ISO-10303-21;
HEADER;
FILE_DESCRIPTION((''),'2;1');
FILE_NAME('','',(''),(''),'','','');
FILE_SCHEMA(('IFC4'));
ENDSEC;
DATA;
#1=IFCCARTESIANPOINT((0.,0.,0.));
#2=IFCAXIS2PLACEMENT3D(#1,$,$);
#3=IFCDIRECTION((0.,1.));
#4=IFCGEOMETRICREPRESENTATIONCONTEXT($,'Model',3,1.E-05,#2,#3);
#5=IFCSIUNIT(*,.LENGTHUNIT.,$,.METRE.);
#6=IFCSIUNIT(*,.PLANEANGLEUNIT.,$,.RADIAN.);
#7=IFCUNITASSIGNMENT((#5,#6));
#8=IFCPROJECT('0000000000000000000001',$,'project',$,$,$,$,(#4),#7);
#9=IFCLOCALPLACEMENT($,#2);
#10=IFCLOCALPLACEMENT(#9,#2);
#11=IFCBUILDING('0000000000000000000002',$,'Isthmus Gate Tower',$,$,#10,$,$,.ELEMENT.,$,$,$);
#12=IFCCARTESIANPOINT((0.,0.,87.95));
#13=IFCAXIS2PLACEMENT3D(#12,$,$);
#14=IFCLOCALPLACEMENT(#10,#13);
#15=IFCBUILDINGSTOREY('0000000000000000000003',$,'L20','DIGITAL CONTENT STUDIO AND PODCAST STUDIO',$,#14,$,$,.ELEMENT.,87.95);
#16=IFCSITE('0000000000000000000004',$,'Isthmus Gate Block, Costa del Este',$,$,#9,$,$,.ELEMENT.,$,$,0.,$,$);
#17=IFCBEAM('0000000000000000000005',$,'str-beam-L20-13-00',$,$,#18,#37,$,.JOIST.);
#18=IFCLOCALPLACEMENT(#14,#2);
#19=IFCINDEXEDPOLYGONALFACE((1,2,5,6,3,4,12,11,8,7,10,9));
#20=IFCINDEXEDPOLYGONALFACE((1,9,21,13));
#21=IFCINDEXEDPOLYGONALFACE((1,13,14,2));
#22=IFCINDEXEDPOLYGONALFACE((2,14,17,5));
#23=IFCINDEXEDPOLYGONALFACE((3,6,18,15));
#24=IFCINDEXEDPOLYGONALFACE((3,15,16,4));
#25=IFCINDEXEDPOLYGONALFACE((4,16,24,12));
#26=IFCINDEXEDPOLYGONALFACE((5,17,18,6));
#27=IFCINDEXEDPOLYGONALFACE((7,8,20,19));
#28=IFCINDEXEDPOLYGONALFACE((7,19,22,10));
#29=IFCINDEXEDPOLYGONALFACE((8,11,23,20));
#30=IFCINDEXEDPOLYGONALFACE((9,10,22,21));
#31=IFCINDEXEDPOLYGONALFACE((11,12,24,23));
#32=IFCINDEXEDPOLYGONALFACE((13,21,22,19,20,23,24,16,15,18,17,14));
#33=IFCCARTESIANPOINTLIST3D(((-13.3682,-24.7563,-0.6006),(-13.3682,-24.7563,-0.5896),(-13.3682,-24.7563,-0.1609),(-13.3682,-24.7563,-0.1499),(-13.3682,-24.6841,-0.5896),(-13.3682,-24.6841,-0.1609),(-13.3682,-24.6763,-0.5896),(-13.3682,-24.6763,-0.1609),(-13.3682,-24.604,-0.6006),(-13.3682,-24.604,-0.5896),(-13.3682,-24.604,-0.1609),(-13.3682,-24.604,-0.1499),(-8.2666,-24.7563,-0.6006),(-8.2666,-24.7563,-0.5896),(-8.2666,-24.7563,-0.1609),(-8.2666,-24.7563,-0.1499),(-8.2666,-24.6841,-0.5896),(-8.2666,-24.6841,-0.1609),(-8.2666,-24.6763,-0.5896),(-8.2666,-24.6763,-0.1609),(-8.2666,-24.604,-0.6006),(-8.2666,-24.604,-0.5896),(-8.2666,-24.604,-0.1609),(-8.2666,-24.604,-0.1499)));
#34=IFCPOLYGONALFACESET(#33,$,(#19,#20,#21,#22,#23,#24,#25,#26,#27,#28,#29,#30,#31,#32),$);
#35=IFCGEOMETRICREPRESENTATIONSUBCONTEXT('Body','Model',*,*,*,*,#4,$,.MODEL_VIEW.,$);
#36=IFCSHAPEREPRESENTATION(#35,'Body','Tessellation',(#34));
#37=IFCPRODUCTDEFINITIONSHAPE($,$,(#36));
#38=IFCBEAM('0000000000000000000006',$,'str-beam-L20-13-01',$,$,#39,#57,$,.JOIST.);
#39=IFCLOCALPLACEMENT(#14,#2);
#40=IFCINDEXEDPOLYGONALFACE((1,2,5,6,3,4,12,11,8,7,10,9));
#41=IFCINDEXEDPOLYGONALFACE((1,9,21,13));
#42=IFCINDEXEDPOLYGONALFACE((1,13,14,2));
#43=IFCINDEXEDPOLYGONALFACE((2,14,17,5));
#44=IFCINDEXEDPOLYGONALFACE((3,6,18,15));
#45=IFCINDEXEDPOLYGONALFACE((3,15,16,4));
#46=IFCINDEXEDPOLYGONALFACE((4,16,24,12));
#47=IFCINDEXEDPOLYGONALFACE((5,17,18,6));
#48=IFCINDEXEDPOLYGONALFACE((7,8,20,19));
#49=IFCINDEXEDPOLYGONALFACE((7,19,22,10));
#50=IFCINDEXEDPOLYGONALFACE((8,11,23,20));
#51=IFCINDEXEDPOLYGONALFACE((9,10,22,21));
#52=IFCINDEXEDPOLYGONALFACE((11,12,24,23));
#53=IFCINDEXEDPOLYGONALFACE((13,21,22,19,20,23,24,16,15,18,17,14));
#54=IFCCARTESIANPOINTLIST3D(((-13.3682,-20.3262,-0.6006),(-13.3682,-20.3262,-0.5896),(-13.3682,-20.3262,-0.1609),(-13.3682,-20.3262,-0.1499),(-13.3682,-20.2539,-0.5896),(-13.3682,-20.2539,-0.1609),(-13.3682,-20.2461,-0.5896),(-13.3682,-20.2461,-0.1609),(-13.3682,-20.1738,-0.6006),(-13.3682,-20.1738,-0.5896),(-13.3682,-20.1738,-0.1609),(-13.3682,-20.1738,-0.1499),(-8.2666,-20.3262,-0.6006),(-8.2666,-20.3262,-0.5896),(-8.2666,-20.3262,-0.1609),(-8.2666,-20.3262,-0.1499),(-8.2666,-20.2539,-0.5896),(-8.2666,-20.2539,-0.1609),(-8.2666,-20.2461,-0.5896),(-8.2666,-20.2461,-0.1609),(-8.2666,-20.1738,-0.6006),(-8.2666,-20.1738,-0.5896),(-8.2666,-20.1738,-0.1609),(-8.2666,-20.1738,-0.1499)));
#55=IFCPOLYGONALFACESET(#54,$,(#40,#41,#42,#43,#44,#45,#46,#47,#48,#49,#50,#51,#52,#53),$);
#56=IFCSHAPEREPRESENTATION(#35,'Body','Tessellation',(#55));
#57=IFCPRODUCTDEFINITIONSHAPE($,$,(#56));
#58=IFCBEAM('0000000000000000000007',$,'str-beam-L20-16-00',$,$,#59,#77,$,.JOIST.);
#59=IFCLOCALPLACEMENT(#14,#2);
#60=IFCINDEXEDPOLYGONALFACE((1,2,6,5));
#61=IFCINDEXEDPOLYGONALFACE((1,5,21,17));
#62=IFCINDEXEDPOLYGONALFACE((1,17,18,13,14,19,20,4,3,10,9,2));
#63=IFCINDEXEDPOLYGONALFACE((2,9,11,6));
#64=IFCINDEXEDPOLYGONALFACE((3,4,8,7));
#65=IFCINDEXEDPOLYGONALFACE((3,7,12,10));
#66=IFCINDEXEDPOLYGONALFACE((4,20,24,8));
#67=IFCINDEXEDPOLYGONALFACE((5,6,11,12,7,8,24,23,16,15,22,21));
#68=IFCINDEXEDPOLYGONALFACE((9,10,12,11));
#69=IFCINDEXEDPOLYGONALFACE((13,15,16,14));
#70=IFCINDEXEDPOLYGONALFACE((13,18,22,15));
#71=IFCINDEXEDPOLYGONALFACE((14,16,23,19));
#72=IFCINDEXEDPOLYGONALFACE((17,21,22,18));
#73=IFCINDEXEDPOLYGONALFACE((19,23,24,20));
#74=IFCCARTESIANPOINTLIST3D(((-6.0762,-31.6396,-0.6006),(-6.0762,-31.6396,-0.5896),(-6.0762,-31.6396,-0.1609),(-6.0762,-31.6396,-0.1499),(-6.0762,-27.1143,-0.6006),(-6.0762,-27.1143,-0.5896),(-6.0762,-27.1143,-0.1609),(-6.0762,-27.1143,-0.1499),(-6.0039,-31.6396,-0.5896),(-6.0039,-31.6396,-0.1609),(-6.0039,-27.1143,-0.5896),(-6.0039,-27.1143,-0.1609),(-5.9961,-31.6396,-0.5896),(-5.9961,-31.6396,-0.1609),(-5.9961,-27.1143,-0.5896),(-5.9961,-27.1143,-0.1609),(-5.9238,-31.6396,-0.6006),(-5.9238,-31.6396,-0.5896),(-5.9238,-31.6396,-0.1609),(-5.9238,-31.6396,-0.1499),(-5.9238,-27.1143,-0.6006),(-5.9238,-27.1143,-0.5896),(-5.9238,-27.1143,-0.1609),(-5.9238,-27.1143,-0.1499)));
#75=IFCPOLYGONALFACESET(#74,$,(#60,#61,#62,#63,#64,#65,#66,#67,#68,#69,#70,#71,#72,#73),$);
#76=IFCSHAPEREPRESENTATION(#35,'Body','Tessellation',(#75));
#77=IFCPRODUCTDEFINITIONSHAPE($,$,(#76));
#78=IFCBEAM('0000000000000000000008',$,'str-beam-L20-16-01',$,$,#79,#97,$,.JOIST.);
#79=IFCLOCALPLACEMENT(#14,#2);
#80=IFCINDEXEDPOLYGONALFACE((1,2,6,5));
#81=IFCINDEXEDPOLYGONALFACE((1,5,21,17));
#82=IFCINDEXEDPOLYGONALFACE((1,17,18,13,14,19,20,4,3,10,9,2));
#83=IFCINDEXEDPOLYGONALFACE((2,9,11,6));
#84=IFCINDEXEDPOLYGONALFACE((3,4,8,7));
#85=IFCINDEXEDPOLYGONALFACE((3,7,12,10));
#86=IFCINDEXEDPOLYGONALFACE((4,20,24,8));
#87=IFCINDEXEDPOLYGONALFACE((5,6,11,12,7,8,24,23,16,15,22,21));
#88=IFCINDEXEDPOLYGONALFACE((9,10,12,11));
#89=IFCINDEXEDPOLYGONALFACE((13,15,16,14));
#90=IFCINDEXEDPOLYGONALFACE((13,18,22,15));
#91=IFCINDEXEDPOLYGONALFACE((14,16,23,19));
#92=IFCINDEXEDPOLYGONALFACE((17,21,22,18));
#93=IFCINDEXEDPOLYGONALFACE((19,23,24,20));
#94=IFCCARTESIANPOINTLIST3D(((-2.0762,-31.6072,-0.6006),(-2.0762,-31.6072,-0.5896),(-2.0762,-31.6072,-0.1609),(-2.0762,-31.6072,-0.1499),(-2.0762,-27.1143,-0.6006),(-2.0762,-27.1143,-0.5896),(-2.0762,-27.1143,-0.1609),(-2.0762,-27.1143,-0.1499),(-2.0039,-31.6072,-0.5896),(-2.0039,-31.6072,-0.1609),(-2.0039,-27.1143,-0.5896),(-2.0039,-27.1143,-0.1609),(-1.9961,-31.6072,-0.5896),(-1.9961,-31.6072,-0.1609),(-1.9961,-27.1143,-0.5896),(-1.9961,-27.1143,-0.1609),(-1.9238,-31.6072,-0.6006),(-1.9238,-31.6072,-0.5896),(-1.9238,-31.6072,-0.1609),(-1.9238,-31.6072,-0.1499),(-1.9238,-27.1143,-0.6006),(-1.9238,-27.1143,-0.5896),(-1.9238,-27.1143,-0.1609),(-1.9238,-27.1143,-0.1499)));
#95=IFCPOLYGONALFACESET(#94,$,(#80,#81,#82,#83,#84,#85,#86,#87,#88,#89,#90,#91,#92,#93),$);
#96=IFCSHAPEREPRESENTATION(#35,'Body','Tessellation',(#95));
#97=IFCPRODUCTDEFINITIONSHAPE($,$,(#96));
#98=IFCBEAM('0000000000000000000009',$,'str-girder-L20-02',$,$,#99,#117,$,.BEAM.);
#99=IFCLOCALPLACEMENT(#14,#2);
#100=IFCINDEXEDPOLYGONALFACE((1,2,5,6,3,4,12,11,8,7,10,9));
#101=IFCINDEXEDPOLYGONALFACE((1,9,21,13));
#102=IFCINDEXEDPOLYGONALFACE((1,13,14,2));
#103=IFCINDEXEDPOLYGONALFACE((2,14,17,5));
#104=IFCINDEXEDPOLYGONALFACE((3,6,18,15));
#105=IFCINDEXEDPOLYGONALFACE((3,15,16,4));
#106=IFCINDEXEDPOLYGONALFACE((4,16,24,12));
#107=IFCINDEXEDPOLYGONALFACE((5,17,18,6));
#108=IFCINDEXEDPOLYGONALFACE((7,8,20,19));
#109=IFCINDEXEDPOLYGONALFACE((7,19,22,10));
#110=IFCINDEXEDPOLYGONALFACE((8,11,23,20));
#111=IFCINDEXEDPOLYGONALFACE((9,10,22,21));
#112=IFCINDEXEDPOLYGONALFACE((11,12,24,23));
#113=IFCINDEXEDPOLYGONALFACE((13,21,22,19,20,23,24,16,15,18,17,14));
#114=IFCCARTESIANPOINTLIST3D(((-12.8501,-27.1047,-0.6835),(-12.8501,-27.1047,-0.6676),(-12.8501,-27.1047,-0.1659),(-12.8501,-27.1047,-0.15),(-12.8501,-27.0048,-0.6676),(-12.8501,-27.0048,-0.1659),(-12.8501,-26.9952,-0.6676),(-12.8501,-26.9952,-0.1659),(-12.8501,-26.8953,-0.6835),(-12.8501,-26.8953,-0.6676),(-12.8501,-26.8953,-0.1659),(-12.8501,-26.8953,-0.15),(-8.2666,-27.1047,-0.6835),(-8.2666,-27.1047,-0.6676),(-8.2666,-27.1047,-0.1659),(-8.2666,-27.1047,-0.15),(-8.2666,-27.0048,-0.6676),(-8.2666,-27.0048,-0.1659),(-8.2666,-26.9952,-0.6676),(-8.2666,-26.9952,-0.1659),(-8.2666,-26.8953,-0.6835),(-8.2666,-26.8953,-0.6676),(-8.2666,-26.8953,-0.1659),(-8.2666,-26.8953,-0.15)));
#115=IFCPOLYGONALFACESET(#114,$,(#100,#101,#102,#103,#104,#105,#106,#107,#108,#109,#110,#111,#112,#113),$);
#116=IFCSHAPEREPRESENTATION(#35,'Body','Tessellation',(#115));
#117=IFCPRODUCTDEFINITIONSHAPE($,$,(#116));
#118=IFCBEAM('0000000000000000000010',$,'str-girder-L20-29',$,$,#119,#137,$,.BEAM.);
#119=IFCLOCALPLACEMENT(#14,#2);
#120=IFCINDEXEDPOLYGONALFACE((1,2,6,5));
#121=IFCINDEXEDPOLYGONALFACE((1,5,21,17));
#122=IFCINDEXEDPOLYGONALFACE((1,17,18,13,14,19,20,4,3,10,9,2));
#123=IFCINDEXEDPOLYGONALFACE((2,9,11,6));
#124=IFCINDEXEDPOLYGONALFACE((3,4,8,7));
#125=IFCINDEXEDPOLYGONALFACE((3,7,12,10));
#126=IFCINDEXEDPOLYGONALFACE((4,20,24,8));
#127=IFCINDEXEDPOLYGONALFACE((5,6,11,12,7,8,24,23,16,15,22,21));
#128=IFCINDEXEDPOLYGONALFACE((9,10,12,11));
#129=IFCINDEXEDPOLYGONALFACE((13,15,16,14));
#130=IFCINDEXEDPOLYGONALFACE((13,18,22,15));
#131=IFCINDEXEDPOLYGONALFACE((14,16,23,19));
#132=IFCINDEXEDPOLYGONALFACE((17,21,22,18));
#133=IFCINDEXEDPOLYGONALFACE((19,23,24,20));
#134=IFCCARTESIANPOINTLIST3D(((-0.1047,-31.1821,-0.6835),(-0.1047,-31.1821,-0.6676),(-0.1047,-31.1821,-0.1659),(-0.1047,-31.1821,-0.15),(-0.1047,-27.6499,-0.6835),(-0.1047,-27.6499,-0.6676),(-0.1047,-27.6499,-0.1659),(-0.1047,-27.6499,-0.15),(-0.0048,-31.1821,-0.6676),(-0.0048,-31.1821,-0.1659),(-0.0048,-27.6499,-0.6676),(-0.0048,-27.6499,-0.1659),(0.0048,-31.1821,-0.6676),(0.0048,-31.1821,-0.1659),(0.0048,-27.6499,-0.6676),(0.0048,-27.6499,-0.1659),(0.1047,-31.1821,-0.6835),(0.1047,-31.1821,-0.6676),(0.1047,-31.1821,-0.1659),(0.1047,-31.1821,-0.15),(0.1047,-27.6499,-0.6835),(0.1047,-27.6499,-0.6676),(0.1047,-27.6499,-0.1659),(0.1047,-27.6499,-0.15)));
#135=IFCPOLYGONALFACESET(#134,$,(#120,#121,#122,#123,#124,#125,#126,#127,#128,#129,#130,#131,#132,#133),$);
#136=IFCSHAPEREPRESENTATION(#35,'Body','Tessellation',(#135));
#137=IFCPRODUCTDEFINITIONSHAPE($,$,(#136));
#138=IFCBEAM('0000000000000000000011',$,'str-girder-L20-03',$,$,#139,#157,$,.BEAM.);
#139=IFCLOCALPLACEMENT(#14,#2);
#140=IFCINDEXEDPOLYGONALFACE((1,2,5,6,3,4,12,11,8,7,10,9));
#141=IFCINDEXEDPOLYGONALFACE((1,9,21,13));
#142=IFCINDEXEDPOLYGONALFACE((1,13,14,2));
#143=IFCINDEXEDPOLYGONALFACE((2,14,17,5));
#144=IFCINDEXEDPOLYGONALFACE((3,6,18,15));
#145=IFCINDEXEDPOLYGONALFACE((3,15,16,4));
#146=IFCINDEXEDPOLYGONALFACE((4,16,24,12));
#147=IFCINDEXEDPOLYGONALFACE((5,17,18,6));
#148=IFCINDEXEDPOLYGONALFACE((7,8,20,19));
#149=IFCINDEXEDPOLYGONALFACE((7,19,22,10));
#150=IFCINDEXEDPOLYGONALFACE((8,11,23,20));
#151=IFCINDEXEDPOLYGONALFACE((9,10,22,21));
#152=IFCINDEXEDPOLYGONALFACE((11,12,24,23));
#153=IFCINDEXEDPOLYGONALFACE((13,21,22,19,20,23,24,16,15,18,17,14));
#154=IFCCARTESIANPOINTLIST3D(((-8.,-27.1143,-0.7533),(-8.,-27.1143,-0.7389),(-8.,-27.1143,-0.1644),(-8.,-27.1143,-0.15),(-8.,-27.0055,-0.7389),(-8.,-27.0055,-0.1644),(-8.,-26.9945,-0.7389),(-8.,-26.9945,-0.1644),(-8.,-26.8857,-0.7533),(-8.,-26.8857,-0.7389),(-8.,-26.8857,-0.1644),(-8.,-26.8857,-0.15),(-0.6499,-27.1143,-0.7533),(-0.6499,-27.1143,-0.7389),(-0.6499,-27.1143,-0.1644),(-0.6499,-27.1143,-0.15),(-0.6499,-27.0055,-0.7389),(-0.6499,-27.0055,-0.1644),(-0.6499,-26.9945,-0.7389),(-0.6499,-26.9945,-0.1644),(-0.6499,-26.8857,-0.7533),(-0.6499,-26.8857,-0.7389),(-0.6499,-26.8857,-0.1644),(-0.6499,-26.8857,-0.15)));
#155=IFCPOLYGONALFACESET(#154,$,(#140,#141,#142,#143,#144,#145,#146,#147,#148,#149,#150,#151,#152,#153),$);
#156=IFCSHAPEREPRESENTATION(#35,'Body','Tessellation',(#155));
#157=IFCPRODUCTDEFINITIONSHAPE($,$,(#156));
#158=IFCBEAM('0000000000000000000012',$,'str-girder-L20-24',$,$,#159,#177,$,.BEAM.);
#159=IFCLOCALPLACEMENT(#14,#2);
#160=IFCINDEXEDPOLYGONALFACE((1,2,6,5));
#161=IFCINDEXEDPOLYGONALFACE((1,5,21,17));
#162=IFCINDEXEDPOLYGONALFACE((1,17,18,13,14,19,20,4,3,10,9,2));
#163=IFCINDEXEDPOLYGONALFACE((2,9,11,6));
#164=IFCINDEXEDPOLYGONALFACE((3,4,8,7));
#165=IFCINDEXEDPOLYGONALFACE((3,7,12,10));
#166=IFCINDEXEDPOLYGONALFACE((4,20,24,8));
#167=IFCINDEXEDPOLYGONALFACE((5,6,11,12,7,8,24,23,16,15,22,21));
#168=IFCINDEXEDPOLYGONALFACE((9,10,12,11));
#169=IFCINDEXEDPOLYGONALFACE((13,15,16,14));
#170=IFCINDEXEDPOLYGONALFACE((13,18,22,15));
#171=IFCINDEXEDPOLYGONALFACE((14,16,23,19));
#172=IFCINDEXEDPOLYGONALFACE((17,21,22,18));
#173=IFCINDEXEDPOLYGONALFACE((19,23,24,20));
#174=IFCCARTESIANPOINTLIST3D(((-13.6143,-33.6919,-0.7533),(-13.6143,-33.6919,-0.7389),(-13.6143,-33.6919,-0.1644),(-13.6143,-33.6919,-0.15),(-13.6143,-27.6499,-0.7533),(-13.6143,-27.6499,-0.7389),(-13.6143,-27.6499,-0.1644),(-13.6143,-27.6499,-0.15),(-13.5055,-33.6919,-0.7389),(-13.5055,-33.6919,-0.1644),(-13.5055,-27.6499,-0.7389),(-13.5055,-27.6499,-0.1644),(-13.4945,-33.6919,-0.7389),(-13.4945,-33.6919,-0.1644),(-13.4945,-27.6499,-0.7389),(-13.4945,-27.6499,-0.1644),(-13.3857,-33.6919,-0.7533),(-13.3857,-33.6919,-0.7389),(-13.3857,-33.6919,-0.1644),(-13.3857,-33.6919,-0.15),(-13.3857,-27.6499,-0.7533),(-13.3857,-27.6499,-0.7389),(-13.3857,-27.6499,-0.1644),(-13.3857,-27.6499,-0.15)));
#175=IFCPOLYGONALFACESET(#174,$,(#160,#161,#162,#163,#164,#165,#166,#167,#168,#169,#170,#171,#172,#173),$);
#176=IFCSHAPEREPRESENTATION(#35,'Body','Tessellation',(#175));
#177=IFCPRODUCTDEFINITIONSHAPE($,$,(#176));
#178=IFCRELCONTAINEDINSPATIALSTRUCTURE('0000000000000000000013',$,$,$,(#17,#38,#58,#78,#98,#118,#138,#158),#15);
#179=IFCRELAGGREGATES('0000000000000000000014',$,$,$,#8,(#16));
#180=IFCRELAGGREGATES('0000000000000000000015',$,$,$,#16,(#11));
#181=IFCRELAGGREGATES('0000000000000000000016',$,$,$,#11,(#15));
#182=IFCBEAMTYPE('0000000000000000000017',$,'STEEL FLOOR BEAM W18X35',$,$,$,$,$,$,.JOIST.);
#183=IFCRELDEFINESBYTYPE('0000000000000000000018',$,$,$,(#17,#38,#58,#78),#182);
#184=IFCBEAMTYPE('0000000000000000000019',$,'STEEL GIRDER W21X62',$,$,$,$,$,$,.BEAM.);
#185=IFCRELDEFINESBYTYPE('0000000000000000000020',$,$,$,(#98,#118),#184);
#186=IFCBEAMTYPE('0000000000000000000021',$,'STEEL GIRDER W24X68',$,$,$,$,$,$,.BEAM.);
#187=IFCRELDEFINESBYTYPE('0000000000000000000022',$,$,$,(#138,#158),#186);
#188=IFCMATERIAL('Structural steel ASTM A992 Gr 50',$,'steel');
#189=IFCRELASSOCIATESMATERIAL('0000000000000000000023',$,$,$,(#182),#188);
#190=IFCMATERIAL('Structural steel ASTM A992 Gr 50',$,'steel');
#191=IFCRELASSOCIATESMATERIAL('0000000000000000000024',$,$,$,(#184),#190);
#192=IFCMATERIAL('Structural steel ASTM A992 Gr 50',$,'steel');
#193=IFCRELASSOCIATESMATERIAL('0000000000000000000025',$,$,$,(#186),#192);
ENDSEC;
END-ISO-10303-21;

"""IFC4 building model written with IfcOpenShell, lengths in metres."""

from ifc_helpers import new_model, si_unit, direction, frame, origin, origin_2d, place, context, subcontext, project, spatial, i_section, extrude, material, material_profile, profile_set, type_object, element, save


model = new_model("IFC4")

# Units and contexts
model_context = context("Model", 3, precision=1e-05, world=origin(), true_north=direction((0.0, 1.0)))
body_context = subcontext(model_context, "Body", "Model", "MODEL_VIEW")
ifc_project = project(units=[si_unit("LENGTHUNIT", "METRE"), si_unit("PLANEANGLEUNIT", "RADIAN")], contexts=[model_context])

# Site, building, storey
site_placement = place(None, origin())
site = spatial("IfcSite", under=ifc_project, at=site_placement, Name="Isthmus Gate Block, Costa del Este", CompositionType="ELEMENT", RefElevation=0.0)
building_placement = place(site_placement, origin())
building = spatial("IfcBuilding", under=site, at=building_placement, Name="Isthmus Gate Tower", CompositionType="ELEMENT")
storey_placement = place(building_placement, frame((0.0, 0.0, 87.95)))
storey = spatial("IfcBuildingStorey", under=building, at=storey_placement, Name="L20", Description="DIGITAL CONTENT STUDIO AND PODCAST STUDIO", CompositionType="ELEMENT", Elevation=87.95)

# Beams
ifc_material_1 = material(Name="Structural steel ASTM A992 Gr 50", Category="steel")
ifc_material_profile_1 = material_profile(ifc_material_1, i_section(OverallWidth=0.1523, OverallDepth=0.4507, WebThickness=0.0078, FlangeThickness=0.011, at=origin_2d()), Name="W18X35")
ifc_profile_set_1 = profile_set([ifc_material_profile_1], Name="Structural steel ASTM A992 Gr 50")
beam_type_1 = type_object("IfcBeamType", Name="STEEL FLOOR BEAM W18X35", PredefinedType="JOIST", material=ifc_profile_set_1)
for number, where, z_axis, x_axis, name in (
    (1, (-13.3682, -24.6802, -0.3752), (1.0, 0.0, 0.0), (0.0, 1.0, 0.0), "str-beam-L20-13-00"),
    (2, (-13.3682, -20.25, -0.3752), (1.0, 0.0, 0.0), (0.0, 1.0, 0.0), "str-beam-L20-13-01"),
):
    element("IfcBeam", number, at=place(storey_placement, frame(where, z_axis=z_axis, x_axis=x_axis)), inside=storey, type_object=beam_type_1, Name=name, PredefinedType="JOIST", context=body_context, shape_type="SweptSolid", body=[
        extrude(i_section(OverallWidth=0.1523, OverallDepth=0.4507, WebThickness=0.0078, FlangeThickness=0.011, at=origin_2d()), origin(), (0.0, 0.0, 1.0), 5.1016),
    ])
beam_1_placement = place(storey_placement, frame((-6.0, -31.6396, -0.3752), z_axis=(0.0, 1.0, 0.0), x_axis=(-1.0, 0.0, 0.0)))
element("IfcBeam", 3, at=beam_1_placement, inside=storey, type_object=beam_type_1, Name="str-beam-L20-16-00", PredefinedType="JOIST", context=body_context, shape_type="SweptSolid", body=[
    extrude(i_section(OverallWidth=0.1523, OverallDepth=0.4507, WebThickness=0.0078, FlangeThickness=0.011, at=origin_2d()), origin(), (0.0, 0.0, 1.0), 4.5254),
])
beam_2_placement = place(storey_placement, frame((-2.0, -31.6072, -0.3752), z_axis=(0.0, 1.0, 0.0), x_axis=(-1.0, 0.0, 0.0)))
element("IfcBeam", 4, at=beam_2_placement, inside=storey, type_object=beam_type_1, Name="str-beam-L20-16-01", PredefinedType="JOIST", context=body_context, shape_type="SweptSolid", body=[
    extrude(i_section(OverallWidth=0.1523, OverallDepth=0.4507, WebThickness=0.0078, FlangeThickness=0.011, at=origin_2d()), origin(), (0.0, 0.0, 1.0), 4.4929),
])
ifc_material_2 = material(Name="Structural steel ASTM A992 Gr 50", Category="steel")
ifc_material_profile_2 = material_profile(ifc_material_2, i_section(OverallWidth=0.2095, OverallDepth=0.5334, WebThickness=0.0095, FlangeThickness=0.0159, at=origin_2d()), Name="W21X62")
ifc_profile_set_2 = profile_set([ifc_material_profile_2], Name="Structural steel ASTM A992 Gr 50")
beam_type_2 = type_object("IfcBeamType", Name="STEEL GIRDER W21X62", PredefinedType="BEAM", material=ifc_profile_set_2)
beam_3_placement = place(storey_placement, frame((-12.8501, -27.0, -0.4167), z_axis=(1.0, 0.0, 0.0), x_axis=(0.0, 1.0, 0.0)))
element("IfcBeam", 5, at=beam_3_placement, inside=storey, type_object=beam_type_2, Name="str-girder-L20-02", PredefinedType="BEAM", context=body_context, shape_type="SweptSolid", body=[
    extrude(i_section(OverallWidth=0.2095, OverallDepth=0.5334, WebThickness=0.0095, FlangeThickness=0.0159, at=origin_2d()), origin(), (0.0, 0.0, 1.0), 4.5835),
])
beam_4_placement = place(storey_placement, frame((0.0, -31.1821, -0.4167), z_axis=(0.0, 1.0, 0.0), x_axis=(-1.0, 0.0, 0.0)))
element("IfcBeam", 6, at=beam_4_placement, inside=storey, type_object=beam_type_2, Name="str-girder-L20-29", PredefinedType="BEAM", context=body_context, shape_type="SweptSolid", body=[
    extrude(i_section(OverallWidth=0.2095, OverallDepth=0.5334, WebThickness=0.0095, FlangeThickness=0.0159, at=origin_2d()), origin(), (0.0, 0.0, 1.0), 3.5322),
])
ifc_material_3 = material(Name="Structural steel ASTM A992 Gr 50", Category="steel")
ifc_material_profile_3 = material_profile(ifc_material_3, i_section(OverallWidth=0.2285, OverallDepth=0.6033, WebThickness=0.011, FlangeThickness=0.0144, at=origin_2d()), Name="W24X68")
ifc_profile_set_3 = profile_set([ifc_material_profile_3], Name="Structural steel ASTM A992 Gr 50")
beam_type_3 = type_object("IfcBeamType", Name="STEEL GIRDER W24X68", PredefinedType="BEAM", material=ifc_profile_set_3)
beam_5_placement = place(storey_placement, frame((-8.0, -27.0, -0.4517), z_axis=(1.0, 0.0, 0.0), x_axis=(0.0, 1.0, 0.0)))
element("IfcBeam", 7, at=beam_5_placement, inside=storey, type_object=beam_type_3, Name="str-girder-L20-03", PredefinedType="BEAM", context=body_context, shape_type="SweptSolid", body=[
    extrude(i_section(OverallWidth=0.2285, OverallDepth=0.6033, WebThickness=0.011, FlangeThickness=0.0144, at=origin_2d()), origin(), (0.0, 0.0, 1.0), 7.3501),
])
beam_6_placement = place(storey_placement, frame((-13.5, -33.6919, -0.4517), z_axis=(0.0, 1.0, 0.0), x_axis=(-1.0, 0.0, 0.0)))
element("IfcBeam", 8, at=beam_6_placement, inside=storey, type_object=beam_type_3, Name="str-girder-L20-24", PredefinedType="BEAM", context=body_context, shape_type="SweptSolid", body=[
    extrude(i_section(OverallWidth=0.2285, OverallDepth=0.6033, WebThickness=0.011, FlangeThickness=0.0144, at=origin_2d()), origin(), (0.0, 0.0, 1.0), 6.042),
])

save(model, "model.ifc")
